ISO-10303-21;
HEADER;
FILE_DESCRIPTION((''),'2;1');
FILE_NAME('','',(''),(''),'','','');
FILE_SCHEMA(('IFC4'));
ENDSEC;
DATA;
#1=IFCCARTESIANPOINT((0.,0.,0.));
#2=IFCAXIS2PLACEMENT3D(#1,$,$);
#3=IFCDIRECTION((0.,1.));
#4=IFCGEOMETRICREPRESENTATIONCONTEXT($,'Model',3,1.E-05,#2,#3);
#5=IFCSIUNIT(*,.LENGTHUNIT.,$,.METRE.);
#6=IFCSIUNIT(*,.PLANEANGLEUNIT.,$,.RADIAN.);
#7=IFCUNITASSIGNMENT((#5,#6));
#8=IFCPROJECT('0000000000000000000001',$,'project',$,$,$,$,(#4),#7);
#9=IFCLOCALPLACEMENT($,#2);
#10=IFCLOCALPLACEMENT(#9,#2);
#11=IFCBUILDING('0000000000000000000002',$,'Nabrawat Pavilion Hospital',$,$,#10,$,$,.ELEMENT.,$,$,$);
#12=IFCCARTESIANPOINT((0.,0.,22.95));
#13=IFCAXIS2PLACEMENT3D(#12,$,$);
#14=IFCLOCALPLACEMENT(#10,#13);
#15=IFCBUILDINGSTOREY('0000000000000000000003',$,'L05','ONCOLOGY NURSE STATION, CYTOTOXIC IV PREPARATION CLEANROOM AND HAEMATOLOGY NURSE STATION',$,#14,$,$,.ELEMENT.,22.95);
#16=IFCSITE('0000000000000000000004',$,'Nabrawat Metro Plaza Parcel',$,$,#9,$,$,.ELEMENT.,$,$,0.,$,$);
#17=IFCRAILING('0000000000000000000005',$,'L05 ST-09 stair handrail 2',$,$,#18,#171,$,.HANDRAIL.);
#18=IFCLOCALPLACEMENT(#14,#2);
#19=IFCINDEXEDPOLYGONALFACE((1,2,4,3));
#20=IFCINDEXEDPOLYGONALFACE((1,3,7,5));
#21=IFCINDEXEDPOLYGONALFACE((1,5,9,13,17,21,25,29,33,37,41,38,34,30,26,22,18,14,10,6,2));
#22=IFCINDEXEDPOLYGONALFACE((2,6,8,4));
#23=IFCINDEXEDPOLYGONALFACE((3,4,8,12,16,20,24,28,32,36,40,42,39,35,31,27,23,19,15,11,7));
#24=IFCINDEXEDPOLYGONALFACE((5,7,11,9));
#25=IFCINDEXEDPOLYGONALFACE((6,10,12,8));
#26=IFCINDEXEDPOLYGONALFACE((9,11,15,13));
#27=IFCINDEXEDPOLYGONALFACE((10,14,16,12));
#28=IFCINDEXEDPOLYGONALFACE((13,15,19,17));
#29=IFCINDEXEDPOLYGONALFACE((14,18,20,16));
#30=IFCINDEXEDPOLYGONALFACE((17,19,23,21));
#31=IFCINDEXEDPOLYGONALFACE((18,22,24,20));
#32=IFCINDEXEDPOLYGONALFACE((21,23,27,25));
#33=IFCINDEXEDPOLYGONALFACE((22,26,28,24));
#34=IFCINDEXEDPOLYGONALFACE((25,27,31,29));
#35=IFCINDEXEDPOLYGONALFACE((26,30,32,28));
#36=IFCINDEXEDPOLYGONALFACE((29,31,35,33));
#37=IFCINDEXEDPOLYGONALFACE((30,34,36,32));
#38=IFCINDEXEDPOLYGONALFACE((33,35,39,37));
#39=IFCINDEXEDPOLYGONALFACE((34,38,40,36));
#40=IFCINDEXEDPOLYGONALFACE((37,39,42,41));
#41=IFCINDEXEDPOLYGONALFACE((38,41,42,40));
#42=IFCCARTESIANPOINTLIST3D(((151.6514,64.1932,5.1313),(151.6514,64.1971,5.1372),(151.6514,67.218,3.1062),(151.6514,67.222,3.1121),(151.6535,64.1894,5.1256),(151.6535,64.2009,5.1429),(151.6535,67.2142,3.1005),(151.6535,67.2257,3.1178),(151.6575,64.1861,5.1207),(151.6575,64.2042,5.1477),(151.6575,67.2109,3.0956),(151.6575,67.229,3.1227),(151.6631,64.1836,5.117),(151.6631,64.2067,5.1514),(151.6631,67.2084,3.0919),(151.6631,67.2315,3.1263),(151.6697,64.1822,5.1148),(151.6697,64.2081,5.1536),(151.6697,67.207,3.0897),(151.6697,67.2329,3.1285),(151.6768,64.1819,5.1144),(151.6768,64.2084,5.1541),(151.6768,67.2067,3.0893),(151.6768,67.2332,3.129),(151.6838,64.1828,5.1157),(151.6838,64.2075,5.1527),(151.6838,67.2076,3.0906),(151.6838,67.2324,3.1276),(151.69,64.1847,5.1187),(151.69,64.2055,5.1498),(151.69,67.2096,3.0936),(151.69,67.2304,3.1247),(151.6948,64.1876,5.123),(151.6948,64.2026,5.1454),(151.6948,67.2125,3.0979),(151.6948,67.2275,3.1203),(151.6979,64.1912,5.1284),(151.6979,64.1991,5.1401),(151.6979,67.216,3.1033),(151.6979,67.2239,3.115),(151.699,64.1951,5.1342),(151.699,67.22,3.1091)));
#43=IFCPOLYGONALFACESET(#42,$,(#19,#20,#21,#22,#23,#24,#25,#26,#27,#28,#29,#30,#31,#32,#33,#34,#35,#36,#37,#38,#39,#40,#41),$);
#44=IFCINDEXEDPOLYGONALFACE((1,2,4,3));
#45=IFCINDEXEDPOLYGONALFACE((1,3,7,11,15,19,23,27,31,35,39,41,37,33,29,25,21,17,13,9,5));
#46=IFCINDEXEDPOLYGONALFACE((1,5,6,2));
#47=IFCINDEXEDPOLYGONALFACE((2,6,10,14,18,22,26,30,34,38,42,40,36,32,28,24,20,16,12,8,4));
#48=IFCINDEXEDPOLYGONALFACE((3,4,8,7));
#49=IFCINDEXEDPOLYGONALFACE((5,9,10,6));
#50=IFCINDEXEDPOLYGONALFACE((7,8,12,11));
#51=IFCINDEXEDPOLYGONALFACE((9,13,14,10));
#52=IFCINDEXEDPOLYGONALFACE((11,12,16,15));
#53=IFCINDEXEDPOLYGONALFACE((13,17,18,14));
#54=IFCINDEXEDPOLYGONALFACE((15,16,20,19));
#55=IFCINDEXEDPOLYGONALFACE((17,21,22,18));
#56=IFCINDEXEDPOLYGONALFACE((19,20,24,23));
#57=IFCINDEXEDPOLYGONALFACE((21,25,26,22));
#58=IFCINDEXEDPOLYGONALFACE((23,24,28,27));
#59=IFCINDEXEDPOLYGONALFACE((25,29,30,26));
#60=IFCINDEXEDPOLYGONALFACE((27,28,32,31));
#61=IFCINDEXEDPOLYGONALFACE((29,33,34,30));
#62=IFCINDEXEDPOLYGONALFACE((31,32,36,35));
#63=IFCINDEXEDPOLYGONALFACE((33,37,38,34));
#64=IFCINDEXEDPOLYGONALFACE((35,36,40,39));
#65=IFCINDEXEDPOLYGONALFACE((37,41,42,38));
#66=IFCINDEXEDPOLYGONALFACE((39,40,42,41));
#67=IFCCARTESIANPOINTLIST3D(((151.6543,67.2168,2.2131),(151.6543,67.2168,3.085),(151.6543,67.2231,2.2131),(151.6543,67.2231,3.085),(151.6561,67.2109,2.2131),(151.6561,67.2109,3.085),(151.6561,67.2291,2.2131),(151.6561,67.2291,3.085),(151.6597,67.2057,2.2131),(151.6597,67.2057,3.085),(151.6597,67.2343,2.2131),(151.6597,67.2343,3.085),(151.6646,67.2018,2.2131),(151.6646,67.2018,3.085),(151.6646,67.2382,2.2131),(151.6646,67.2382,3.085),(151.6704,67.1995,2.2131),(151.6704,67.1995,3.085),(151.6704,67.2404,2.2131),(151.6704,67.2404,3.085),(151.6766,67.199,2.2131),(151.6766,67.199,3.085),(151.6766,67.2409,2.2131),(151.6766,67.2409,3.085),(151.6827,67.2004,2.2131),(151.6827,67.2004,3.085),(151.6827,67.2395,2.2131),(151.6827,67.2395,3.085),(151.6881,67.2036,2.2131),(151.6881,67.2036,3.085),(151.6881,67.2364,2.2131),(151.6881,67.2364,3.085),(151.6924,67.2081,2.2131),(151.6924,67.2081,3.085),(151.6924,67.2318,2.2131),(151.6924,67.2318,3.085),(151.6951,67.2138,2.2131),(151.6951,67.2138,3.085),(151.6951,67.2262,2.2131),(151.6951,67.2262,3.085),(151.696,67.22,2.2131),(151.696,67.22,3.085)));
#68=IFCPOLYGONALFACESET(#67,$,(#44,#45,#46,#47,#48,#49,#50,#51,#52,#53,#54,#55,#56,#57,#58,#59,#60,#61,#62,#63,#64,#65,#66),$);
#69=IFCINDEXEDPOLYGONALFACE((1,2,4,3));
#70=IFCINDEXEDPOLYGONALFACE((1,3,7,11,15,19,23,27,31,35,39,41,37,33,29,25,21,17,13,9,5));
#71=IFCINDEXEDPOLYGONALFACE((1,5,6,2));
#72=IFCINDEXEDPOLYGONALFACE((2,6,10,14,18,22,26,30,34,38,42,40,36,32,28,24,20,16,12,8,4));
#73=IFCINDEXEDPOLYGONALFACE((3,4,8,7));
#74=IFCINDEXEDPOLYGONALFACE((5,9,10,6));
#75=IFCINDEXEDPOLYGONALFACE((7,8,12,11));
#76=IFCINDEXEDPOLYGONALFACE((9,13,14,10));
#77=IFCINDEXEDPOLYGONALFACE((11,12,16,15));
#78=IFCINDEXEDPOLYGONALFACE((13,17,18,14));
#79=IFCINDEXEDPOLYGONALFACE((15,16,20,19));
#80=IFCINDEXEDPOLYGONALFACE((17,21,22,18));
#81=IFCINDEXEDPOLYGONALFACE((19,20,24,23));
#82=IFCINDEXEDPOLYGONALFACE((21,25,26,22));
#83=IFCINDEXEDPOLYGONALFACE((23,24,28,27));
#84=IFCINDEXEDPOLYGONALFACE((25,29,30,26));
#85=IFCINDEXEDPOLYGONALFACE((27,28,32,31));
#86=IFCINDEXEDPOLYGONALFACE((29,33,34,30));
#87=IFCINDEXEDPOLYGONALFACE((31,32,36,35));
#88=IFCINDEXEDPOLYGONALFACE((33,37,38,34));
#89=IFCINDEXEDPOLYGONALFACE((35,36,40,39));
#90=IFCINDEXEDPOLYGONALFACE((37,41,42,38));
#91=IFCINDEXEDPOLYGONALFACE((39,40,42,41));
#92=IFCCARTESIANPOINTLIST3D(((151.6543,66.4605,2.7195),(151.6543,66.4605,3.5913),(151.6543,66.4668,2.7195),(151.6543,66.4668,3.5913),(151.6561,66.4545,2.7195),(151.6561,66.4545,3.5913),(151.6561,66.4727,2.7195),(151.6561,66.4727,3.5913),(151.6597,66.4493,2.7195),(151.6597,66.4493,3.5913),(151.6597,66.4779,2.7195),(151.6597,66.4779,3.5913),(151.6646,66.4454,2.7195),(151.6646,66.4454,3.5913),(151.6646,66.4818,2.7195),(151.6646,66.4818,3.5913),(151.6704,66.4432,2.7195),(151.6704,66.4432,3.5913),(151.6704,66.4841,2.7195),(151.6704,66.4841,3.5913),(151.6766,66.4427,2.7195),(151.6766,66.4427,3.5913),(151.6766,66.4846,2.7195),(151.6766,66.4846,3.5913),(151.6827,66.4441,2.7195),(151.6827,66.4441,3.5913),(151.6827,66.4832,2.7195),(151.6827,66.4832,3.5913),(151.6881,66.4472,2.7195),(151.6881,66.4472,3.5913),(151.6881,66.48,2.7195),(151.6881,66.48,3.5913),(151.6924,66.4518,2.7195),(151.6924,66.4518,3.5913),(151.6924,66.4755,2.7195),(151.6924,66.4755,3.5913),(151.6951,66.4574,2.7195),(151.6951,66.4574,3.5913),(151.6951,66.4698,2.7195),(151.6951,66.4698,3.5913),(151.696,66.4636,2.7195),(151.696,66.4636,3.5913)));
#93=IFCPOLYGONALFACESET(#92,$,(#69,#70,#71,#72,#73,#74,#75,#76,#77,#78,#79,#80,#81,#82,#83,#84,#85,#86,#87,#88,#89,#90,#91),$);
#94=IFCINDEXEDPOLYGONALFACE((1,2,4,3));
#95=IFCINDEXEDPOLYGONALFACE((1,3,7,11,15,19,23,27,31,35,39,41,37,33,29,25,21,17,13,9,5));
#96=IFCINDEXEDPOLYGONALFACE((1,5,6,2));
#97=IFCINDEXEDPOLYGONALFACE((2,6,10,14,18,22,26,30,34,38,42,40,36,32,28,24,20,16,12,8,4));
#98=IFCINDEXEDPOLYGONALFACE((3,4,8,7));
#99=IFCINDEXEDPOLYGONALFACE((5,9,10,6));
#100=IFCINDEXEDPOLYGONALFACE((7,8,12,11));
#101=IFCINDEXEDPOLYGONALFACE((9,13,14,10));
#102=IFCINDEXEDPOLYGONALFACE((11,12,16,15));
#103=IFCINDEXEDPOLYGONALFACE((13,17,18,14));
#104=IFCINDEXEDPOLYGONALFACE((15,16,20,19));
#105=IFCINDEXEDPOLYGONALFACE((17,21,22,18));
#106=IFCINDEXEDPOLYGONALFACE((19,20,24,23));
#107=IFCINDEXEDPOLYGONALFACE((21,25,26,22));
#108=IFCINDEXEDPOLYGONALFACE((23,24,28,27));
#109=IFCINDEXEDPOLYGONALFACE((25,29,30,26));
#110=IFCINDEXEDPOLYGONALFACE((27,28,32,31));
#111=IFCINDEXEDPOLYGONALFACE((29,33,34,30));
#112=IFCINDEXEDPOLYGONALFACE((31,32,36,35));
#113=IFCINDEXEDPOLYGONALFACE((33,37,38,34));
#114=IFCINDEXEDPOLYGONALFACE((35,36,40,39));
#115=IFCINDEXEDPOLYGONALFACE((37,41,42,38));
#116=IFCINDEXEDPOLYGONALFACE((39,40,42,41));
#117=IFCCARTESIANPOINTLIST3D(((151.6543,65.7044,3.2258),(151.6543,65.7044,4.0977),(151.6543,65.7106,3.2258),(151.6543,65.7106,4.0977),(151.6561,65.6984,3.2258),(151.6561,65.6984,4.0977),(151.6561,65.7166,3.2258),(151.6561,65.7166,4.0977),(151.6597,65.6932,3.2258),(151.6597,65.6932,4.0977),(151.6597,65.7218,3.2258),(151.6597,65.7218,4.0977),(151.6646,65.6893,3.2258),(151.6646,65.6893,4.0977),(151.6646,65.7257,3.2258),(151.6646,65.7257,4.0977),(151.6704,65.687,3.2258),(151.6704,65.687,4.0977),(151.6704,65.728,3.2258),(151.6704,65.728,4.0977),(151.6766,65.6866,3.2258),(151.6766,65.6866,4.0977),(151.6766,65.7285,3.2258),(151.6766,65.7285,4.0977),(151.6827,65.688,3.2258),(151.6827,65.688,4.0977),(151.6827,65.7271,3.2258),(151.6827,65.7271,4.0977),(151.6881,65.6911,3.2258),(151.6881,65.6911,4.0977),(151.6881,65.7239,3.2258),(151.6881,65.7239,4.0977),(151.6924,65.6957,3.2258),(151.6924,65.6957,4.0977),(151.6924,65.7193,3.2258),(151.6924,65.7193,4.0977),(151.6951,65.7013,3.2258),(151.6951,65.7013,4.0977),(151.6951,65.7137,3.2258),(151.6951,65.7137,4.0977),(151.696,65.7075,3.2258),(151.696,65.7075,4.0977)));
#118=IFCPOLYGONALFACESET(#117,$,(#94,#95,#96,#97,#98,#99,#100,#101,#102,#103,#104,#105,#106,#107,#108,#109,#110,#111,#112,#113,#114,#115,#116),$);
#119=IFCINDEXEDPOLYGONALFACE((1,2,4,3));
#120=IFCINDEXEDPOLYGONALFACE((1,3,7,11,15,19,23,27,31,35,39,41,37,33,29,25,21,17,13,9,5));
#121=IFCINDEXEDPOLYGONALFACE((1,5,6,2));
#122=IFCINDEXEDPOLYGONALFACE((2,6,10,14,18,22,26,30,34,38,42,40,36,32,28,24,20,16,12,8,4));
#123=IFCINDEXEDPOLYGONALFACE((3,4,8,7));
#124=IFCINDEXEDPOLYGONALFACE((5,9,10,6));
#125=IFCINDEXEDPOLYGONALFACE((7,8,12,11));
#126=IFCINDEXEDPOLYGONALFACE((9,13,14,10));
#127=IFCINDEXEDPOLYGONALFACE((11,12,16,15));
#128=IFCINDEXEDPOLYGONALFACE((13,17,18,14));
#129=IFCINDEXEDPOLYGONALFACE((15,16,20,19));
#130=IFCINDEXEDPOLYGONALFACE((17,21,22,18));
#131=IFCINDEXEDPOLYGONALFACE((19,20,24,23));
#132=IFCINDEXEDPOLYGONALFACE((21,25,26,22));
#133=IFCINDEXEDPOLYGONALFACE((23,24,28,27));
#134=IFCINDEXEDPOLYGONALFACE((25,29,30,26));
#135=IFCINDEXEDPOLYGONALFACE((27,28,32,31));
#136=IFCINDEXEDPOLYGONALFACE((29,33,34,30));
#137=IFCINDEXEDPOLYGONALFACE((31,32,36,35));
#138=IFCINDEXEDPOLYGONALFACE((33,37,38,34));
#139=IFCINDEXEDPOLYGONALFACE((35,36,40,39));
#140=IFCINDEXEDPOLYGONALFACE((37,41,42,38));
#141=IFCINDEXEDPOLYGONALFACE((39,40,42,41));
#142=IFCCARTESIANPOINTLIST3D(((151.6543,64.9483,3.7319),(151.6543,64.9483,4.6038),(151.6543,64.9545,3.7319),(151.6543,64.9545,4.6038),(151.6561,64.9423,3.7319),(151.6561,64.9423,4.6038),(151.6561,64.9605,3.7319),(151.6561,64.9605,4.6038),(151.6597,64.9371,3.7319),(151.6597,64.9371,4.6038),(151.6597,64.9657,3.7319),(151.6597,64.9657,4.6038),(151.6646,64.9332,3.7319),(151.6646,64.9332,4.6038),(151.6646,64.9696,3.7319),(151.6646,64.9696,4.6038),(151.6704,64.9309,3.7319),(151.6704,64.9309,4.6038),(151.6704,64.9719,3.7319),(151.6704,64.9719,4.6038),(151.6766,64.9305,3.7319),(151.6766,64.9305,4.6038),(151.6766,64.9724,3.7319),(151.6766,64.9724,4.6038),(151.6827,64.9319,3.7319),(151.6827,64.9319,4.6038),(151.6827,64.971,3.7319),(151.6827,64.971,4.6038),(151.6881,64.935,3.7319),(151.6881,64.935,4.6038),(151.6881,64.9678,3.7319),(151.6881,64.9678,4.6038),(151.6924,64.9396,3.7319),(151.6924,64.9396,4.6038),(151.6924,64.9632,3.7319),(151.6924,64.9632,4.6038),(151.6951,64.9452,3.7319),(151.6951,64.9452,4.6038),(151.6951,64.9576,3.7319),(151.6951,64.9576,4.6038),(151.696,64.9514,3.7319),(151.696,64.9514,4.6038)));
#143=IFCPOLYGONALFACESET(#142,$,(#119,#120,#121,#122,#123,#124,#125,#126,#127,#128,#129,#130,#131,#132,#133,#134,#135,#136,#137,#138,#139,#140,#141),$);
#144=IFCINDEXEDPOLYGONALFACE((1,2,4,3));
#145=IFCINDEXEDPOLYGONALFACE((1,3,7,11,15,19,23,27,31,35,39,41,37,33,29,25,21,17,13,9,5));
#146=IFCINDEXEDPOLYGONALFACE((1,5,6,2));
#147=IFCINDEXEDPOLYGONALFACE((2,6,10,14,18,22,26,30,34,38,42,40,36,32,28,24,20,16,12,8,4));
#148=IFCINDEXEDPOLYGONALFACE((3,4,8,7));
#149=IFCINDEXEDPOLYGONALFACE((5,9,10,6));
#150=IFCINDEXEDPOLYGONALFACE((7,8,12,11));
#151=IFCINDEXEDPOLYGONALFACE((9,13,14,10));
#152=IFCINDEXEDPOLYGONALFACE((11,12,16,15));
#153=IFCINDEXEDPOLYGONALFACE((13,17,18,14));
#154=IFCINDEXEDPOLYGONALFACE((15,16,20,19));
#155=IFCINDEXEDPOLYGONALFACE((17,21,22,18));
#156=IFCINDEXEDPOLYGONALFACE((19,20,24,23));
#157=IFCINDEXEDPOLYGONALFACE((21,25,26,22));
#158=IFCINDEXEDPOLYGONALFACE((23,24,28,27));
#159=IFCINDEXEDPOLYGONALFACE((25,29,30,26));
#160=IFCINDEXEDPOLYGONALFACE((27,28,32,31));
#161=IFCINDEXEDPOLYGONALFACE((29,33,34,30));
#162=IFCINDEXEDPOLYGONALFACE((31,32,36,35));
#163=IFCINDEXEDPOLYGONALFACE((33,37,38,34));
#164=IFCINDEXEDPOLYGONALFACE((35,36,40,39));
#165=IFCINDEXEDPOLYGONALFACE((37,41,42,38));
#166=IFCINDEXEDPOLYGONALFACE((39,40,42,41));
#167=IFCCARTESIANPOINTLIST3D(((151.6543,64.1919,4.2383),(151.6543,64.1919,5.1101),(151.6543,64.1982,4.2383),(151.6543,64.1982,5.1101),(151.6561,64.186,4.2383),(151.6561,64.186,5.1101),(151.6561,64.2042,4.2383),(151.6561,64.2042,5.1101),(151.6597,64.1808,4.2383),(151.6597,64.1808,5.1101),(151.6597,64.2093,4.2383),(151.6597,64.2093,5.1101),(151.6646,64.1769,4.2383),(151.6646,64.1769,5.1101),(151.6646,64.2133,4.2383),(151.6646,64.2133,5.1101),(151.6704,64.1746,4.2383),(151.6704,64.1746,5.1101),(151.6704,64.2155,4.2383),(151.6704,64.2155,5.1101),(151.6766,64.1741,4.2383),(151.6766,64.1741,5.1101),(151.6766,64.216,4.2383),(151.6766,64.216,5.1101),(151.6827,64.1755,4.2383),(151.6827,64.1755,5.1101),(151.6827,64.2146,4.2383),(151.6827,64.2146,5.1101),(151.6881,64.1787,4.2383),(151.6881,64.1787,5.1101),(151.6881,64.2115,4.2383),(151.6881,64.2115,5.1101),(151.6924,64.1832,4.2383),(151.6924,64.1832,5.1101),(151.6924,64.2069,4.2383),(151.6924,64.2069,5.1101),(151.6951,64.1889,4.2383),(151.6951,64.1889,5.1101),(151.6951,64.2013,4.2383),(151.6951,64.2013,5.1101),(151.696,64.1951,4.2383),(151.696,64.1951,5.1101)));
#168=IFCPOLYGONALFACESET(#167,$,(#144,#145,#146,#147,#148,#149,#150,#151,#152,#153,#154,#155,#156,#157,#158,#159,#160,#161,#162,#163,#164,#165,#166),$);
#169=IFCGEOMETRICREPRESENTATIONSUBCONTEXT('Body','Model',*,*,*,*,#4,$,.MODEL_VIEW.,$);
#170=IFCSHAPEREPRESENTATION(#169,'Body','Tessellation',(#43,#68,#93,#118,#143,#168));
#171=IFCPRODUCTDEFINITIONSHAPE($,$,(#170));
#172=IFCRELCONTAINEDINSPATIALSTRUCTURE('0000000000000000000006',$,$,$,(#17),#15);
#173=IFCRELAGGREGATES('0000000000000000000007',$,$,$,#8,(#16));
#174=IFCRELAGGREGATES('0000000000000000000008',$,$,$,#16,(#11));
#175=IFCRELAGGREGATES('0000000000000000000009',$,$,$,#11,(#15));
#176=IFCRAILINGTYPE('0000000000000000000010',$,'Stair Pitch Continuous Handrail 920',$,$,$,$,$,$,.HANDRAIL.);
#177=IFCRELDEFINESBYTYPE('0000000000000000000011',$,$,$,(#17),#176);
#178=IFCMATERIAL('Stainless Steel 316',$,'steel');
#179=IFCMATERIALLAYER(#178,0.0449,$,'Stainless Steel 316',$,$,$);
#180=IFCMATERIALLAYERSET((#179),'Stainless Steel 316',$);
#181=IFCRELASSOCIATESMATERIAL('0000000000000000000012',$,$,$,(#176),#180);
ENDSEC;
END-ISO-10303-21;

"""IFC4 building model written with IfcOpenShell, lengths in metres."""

from ifc_helpers import new_model, si_unit, direction, frame, origin, origin_2d, place, context, subcontext, project, spatial, circle, extrude, material, layer, layer_set, type_object, element, save


model = new_model("IFC4")

# Units and contexts
model_context = context("Model", 3, precision=1e-05, world=origin(), true_north=direction((0.0, 1.0)))
body_context = subcontext(model_context, "Body", "Model", "MODEL_VIEW")
ifc_project = project(units=[si_unit("LENGTHUNIT", "METRE"), si_unit("PLANEANGLEUNIT", "RADIAN")], contexts=[model_context])

# Site, building, storey
site_placement = place(None, origin())
site = spatial("IfcSite", under=ifc_project, at=site_placement, Name="Nabrawat Metro Plaza Parcel", CompositionType="ELEMENT", RefElevation=0.0)
building_placement = place(site_placement, origin())
building = spatial("IfcBuilding", under=site, at=building_placement, Name="Nabrawat Pavilion Hospital", CompositionType="ELEMENT")
storey_placement = place(building_placement, frame((0.0, 0.0, 22.95)))
storey = spatial("IfcBuildingStorey", under=building, at=storey_placement, Name="L05", Description="ONCOLOGY NURSE STATION, CYTOTOXIC IV PREPARATION CLEANROOM AND HAEMATOLOGY NURSE STATION", CompositionType="ELEMENT", Elevation=22.95)

# Railing
ifc_material_1 = material(Name="Stainless Steel 316", Category="steel")
ifc_layer_1 = layer(ifc_material_1, 0.0449, Name="Stainless Steel 316")
ifc_layer_set_1 = layer_set([ifc_layer_1], Name="Stainless Steel 316")
railing_type_1 = type_object("IfcRailingType", Name="Stair Pitch Continuous Handrail 920", PredefinedType="HANDRAIL", material=ifc_layer_set_1)
railing_1_placement = place(storey_placement, frame((151.675, 67.22, 2.2131)))
element("IfcRailing", 1, at=railing_1_placement, inside=storey, type_object=railing_type_1, Name="L05 ST-09 stair handrail 2", PredefinedType="HANDRAIL", context=body_context, shape_type="SweptSolid", body=[
    extrude(circle(Radius=0.0239, at=origin_2d()), frame((0.0, 0.0, 0.896), z_axis=(0.0, -0.830965, 0.556324), x_axis=(1.0, 0.0, 0.0)), (0.0, 0.0, 1.0), 3.6401),
    extrude(circle(Radius=0.021, at=origin_2d()), origin(), (0.0, 0.0, 1.0), 0.8718),
    extrude(circle(Radius=0.021, at=origin_2d()), frame((0.0, -0.7563, 0.5063)), (0.0, 0.0, 1.0), 0.8718),
    extrude(circle(Radius=0.021, at=origin_2d()), frame((0.0, -1.5125, 1.0127)), (0.0, 0.0, 1.0), 0.8718),
    extrude(circle(Radius=0.021, at=origin_2d()), frame((0.0, -2.2686, 1.5188)), (0.0, 0.0, 1.0), 0.8718),
    extrude(circle(Radius=0.021, at=origin_2d()), frame((0.0, -3.0249, 2.0251)), (0.0, 0.0, 1.0), 0.8718),
])

save(model, "model.ifc")
